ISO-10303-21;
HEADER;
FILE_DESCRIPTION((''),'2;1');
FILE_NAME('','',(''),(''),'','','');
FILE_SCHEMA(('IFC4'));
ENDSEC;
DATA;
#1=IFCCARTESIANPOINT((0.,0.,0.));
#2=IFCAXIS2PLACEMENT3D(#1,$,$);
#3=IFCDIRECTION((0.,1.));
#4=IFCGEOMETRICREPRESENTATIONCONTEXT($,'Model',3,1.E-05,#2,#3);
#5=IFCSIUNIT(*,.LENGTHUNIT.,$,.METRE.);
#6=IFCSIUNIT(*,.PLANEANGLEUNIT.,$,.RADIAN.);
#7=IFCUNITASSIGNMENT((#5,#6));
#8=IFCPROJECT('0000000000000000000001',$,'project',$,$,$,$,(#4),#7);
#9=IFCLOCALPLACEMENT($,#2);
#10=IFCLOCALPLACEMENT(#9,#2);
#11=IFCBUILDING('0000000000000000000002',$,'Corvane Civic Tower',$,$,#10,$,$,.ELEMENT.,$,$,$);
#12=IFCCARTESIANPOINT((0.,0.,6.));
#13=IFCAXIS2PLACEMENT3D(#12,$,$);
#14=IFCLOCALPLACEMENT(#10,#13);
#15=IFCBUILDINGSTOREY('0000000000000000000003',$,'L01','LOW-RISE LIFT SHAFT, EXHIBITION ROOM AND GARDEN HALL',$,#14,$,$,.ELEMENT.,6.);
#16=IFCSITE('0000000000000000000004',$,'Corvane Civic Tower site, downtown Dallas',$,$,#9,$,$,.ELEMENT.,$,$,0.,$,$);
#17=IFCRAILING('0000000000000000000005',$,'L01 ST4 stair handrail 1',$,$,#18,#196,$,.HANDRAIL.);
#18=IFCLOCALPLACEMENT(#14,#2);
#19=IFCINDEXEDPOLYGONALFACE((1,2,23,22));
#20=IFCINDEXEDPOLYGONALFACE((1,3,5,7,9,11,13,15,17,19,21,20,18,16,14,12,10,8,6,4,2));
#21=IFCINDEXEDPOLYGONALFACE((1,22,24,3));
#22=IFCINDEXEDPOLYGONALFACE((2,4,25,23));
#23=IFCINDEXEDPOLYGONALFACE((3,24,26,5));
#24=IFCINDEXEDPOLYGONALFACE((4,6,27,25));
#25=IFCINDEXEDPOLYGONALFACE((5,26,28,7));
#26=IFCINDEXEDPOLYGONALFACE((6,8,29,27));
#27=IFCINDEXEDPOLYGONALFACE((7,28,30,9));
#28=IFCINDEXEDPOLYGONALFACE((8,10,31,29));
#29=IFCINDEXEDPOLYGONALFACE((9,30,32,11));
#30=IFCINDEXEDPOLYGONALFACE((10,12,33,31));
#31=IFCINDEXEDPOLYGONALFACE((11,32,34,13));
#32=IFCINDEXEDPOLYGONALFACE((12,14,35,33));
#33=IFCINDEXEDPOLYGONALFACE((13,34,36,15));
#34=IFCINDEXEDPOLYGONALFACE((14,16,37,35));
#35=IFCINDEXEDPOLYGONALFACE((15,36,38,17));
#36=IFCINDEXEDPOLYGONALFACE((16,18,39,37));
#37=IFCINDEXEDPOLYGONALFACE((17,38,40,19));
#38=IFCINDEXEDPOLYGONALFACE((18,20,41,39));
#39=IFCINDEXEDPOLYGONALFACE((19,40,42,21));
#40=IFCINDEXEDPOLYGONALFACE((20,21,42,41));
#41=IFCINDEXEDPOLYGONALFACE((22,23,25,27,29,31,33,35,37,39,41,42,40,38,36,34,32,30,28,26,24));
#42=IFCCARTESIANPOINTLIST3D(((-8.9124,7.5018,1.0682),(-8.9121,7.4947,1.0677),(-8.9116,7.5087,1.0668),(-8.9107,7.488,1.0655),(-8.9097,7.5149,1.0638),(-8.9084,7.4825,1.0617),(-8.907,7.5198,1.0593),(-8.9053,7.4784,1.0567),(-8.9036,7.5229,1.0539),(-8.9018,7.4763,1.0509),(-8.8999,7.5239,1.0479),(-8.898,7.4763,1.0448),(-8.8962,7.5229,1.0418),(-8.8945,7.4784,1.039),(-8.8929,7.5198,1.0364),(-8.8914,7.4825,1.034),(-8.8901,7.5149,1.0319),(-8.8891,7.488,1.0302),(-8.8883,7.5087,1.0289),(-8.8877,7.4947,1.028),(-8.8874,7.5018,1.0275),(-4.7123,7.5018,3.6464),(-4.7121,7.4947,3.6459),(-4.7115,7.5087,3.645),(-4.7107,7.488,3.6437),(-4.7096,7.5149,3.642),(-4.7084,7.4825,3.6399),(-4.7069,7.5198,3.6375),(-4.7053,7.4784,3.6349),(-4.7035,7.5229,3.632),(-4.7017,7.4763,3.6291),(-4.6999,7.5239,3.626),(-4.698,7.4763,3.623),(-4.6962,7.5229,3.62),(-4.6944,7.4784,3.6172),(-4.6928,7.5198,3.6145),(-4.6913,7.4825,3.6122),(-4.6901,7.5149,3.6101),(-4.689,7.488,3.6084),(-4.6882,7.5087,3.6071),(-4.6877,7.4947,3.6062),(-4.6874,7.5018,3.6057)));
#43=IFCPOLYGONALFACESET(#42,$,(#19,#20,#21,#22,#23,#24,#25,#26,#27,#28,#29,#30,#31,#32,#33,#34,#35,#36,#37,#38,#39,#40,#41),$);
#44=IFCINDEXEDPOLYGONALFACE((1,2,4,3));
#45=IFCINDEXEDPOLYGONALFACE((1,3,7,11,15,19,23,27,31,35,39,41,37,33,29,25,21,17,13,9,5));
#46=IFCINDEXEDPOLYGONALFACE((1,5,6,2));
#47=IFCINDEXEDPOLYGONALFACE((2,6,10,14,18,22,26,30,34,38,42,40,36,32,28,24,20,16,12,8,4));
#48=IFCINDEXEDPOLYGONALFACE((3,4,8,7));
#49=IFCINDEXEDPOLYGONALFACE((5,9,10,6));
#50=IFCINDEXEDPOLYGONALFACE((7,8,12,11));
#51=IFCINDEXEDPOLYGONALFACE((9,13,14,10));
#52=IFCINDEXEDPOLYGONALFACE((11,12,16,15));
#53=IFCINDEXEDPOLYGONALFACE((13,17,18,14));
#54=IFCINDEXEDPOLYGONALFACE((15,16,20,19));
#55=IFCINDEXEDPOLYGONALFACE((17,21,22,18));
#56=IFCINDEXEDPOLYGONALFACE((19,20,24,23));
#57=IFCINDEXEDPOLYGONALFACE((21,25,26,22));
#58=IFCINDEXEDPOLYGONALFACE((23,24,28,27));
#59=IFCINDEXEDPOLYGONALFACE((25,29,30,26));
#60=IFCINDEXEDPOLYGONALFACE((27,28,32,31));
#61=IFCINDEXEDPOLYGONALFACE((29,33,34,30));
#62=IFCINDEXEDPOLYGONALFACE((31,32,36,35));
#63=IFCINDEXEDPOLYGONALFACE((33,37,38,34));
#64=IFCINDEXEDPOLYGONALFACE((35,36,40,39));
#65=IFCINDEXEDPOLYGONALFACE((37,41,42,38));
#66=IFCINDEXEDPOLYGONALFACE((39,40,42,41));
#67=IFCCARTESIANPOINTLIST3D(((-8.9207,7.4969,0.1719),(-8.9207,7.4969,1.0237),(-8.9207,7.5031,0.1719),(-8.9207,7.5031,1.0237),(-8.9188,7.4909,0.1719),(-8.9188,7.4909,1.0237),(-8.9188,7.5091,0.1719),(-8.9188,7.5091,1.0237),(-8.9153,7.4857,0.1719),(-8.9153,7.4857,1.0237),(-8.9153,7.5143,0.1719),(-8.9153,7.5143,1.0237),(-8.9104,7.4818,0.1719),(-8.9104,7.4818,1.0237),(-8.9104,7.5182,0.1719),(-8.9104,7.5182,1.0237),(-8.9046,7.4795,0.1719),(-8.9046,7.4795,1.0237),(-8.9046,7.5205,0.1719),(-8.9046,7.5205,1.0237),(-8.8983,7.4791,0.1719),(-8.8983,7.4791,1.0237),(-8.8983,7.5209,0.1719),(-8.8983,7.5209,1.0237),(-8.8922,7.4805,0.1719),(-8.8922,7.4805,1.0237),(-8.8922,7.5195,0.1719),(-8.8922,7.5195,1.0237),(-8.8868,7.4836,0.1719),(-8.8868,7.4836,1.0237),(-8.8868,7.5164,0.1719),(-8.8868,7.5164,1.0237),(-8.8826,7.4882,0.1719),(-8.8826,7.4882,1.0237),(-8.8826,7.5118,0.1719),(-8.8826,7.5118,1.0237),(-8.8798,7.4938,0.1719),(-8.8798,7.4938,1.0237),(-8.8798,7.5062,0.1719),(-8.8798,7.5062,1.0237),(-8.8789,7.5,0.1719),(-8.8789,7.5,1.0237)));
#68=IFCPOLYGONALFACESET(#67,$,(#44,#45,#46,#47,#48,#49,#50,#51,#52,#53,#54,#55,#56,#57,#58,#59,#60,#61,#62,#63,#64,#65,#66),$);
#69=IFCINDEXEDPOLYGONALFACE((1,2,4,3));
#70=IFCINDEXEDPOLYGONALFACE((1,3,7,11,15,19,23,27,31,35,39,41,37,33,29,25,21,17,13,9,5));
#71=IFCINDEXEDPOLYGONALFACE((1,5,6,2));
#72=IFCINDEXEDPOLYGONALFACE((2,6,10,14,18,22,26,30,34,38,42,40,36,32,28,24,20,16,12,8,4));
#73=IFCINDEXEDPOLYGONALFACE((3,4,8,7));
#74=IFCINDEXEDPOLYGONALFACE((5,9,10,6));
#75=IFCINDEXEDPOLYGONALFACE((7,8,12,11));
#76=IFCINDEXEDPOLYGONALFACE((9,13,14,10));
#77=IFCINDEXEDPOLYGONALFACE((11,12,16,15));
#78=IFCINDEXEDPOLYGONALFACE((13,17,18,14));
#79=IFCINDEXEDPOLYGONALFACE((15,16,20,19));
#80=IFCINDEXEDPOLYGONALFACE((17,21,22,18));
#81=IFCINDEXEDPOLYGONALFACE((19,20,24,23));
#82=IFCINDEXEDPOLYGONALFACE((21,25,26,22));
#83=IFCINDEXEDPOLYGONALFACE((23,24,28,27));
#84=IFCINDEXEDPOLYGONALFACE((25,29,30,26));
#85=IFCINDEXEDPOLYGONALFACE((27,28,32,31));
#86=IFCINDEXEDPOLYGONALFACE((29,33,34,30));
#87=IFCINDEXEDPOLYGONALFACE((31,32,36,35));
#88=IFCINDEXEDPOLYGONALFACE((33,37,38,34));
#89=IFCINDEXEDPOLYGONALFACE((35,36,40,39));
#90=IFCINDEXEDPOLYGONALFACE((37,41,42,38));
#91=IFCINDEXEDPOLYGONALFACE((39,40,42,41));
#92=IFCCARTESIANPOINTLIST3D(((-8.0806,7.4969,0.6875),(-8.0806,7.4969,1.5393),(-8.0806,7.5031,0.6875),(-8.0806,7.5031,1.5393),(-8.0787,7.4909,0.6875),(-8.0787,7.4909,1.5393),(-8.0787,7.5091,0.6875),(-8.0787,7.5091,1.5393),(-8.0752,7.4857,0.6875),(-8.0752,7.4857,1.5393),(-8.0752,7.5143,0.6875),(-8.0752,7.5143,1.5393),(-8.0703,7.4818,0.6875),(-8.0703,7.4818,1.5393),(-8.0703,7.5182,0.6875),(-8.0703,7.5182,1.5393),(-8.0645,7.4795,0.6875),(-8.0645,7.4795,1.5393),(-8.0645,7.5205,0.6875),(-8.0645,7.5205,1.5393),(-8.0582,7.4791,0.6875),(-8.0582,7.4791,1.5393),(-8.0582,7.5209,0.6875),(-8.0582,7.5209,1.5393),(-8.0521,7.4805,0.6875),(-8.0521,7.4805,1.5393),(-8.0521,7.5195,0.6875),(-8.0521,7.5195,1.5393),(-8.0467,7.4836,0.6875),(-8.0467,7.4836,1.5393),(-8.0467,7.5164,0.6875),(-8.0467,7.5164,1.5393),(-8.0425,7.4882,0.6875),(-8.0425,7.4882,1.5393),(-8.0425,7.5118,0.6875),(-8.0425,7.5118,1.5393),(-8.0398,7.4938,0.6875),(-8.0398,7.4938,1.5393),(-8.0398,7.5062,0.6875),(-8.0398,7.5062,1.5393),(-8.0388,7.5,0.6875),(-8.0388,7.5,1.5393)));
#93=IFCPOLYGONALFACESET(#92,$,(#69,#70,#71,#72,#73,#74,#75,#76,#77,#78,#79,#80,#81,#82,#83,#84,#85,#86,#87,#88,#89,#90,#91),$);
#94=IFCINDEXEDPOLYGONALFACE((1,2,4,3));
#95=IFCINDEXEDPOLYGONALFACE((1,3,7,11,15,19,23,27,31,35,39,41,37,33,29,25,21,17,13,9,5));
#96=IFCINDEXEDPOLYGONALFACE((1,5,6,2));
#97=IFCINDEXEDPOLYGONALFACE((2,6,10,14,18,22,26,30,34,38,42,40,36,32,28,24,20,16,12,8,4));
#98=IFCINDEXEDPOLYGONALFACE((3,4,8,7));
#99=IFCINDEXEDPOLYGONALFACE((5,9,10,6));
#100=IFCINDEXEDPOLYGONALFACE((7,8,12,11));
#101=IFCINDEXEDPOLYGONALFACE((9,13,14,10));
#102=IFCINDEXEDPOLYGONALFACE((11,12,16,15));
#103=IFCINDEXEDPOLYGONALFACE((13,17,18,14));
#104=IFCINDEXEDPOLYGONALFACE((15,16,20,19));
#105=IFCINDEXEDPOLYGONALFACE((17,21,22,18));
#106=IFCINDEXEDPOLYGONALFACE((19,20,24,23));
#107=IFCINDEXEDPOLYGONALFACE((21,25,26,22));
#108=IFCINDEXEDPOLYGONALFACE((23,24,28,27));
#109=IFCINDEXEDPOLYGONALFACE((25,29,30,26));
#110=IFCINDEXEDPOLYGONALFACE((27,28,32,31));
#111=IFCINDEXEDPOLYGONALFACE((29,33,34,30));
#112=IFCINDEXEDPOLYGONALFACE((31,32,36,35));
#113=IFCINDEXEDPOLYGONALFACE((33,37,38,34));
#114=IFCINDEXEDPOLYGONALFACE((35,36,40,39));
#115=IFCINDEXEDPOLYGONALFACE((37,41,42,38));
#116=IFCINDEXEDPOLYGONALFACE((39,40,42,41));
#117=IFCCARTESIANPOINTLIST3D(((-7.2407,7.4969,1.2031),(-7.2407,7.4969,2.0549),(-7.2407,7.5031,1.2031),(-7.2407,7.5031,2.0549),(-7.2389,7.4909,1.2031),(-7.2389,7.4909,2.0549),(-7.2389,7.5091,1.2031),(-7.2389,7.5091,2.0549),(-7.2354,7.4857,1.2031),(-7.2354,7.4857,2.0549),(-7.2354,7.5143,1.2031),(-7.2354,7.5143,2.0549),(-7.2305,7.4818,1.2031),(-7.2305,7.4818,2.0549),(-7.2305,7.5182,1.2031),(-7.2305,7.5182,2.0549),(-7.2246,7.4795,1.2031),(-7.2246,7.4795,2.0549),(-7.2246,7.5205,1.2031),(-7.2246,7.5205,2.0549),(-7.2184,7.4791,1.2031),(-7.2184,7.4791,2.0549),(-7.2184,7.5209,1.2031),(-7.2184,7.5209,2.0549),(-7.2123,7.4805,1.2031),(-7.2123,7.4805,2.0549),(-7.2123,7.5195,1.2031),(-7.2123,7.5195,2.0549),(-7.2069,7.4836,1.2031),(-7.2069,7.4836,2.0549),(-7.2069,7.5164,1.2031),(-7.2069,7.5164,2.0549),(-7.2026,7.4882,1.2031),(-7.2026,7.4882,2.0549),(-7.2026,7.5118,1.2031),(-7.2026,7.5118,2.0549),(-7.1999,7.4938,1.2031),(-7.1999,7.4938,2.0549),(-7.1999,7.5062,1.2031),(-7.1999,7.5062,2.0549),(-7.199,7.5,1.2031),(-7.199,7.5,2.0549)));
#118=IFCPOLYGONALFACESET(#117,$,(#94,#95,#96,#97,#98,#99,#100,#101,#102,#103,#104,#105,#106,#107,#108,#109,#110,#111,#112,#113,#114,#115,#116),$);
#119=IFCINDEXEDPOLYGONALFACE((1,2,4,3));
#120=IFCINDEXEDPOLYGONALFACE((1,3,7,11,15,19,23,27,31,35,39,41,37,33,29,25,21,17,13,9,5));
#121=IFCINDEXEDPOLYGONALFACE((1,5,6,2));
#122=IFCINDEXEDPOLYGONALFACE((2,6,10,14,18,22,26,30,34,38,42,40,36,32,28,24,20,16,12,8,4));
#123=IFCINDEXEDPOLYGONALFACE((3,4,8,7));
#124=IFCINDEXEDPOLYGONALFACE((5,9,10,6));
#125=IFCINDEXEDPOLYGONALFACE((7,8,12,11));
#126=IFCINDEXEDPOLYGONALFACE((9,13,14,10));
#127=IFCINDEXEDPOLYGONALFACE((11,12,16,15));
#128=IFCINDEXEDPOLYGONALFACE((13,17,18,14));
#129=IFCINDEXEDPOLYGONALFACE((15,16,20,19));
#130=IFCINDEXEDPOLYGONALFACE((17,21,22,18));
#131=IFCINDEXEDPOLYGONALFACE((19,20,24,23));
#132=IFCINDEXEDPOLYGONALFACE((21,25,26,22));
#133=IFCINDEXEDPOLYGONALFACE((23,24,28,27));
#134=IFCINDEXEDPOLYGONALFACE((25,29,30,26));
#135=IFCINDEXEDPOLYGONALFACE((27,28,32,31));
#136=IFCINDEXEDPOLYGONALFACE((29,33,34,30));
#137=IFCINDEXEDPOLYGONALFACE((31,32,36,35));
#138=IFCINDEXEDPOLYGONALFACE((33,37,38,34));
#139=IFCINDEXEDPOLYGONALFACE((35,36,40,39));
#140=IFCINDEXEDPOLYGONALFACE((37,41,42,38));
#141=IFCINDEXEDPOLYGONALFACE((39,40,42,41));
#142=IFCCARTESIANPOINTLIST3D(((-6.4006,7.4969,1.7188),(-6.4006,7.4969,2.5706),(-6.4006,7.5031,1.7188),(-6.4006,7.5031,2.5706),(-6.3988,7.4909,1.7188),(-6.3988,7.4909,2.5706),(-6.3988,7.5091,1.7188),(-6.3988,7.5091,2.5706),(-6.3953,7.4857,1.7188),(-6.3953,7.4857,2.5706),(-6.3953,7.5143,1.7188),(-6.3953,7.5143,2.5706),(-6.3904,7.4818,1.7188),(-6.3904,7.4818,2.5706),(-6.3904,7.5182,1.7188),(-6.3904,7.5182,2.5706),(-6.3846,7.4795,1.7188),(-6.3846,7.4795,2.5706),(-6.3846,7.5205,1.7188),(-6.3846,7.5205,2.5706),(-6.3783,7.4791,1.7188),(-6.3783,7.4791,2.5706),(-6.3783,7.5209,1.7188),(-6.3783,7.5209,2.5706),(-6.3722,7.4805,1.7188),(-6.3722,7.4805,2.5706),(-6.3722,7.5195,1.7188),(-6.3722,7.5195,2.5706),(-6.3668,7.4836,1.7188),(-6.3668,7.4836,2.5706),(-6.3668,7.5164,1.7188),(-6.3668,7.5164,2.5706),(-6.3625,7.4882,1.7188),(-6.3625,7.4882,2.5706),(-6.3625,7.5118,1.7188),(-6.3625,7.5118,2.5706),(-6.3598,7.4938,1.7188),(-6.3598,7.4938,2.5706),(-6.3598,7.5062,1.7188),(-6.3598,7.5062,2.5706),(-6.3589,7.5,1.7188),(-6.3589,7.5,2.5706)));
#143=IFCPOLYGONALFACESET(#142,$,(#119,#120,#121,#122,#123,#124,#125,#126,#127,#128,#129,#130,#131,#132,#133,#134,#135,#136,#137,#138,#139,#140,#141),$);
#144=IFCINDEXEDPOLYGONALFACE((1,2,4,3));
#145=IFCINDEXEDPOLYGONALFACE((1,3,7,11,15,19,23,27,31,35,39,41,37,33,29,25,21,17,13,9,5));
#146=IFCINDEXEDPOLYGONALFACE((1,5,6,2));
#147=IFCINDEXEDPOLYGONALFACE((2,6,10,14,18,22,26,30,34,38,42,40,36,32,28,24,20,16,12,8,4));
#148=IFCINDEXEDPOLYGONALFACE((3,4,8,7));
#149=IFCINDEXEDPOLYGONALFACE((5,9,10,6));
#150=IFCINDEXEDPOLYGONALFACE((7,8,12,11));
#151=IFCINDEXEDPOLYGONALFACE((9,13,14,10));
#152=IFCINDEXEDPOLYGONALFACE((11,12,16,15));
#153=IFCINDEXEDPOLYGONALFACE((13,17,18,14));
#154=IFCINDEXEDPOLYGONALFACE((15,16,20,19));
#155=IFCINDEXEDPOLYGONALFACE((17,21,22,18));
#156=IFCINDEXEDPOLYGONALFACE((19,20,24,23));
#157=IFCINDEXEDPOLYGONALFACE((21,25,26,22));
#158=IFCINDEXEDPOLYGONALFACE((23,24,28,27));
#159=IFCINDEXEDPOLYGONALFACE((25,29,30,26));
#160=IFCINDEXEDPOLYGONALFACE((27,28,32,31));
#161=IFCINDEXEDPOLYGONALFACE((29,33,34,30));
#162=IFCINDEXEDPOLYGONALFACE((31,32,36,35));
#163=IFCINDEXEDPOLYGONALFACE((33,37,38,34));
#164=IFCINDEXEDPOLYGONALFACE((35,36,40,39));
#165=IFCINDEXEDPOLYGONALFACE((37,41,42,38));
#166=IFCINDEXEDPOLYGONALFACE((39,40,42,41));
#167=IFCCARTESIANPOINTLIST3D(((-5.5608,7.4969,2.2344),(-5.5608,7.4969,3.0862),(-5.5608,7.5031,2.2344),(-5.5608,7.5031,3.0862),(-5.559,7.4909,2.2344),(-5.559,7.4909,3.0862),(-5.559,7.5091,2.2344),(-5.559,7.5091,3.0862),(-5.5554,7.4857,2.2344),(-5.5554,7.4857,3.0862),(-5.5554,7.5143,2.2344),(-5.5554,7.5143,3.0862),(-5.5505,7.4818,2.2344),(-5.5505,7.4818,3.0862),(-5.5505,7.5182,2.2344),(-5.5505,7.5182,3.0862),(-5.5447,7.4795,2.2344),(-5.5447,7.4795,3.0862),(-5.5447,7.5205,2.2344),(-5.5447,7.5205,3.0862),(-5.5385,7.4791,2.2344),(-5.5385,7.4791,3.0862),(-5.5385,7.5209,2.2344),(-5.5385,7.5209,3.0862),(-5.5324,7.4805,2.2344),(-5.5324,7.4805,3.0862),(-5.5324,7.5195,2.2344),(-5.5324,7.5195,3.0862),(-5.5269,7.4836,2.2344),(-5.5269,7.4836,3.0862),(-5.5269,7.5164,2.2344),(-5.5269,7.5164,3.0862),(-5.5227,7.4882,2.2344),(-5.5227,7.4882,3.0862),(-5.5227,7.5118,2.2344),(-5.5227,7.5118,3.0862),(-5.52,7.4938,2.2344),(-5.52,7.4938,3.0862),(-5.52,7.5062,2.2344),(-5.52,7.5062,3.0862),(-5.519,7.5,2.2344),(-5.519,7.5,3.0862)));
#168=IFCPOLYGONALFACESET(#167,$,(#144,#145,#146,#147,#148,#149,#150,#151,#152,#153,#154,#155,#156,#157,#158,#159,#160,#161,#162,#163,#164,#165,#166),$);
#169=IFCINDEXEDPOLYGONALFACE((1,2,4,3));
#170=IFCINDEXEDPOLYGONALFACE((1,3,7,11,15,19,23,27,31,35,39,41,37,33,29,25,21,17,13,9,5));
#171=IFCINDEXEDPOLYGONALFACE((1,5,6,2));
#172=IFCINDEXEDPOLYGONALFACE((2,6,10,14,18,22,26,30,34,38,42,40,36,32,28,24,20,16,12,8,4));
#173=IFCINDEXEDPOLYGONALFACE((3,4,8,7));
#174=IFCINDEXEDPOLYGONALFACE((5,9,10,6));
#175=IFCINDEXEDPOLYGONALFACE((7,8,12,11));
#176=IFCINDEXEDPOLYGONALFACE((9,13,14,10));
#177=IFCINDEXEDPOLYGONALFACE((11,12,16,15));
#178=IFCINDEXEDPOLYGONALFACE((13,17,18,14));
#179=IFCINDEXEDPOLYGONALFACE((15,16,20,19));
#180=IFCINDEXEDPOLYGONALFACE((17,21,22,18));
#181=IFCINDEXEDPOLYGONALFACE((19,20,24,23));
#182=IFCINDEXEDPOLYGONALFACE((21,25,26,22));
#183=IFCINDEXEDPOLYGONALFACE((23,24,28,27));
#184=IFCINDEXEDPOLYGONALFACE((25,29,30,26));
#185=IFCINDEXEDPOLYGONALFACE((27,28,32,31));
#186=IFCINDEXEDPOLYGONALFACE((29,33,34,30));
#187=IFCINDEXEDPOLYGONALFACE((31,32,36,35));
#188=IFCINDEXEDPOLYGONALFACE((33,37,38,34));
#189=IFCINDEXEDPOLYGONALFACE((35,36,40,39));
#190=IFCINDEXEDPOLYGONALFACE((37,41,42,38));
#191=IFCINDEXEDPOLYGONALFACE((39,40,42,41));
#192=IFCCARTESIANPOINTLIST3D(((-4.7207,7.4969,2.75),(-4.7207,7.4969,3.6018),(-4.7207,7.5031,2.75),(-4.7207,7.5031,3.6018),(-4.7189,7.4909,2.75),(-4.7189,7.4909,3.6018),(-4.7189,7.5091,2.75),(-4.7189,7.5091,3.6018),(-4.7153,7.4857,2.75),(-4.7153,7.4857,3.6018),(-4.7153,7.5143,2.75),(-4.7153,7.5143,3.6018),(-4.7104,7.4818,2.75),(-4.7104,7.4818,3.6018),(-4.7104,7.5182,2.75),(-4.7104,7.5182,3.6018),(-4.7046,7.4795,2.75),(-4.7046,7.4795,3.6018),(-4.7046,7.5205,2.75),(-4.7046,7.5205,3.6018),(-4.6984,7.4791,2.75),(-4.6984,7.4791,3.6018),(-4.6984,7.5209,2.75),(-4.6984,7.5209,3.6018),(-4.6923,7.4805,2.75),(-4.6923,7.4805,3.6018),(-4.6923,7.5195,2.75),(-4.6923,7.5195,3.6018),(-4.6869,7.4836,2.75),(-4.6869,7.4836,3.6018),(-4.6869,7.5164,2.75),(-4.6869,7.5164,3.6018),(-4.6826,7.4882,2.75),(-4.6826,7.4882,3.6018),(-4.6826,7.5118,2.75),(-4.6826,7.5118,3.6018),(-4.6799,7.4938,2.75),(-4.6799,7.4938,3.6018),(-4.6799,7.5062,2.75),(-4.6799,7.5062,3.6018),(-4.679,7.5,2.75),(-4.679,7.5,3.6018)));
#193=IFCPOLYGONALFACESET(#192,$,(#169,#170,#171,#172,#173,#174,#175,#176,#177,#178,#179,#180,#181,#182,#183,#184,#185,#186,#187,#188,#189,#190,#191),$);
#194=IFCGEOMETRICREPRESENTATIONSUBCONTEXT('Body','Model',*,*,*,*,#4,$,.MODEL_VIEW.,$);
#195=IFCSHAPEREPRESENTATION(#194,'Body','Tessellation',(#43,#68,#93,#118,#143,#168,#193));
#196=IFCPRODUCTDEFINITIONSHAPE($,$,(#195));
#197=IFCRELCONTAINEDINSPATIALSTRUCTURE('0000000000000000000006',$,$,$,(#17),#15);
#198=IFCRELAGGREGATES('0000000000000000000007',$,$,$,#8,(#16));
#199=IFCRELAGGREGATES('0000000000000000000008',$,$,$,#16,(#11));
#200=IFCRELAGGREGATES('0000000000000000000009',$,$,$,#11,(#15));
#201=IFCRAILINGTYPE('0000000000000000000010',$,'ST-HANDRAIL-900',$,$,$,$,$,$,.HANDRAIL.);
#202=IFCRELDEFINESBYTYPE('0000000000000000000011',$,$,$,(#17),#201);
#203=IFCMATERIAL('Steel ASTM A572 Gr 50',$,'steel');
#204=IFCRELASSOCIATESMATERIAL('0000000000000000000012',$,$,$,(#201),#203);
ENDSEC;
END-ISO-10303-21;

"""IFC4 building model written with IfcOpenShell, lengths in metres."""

from ifc_helpers import new_model, si_unit, direction, frame, origin, origin_2d, place, context, subcontext, project, spatial, circle, extrude, material, type_object, element, save


model = new_model("IFC4")

# Units and contexts
model_context = context("Model", 3, precision=1e-05, world=origin(), true_north=direction((0.0, 1.0)))
body_context = subcontext(model_context, "Body", "Model", "MODEL_VIEW")
ifc_project = project(units=[si_unit("LENGTHUNIT", "METRE"), si_unit("PLANEANGLEUNIT", "RADIAN")], contexts=[model_context])

# Site, building, storey
site_placement = place(None, origin())
site = spatial("IfcSite", under=ifc_project, at=site_placement, Name="Corvane Civic Tower site, downtown Dallas", CompositionType="ELEMENT", RefElevation=0.0)
building_placement = place(site_placement, origin())
building = spatial("IfcBuilding", under=site, at=building_placement, Name="Corvane Civic Tower", CompositionType="ELEMENT")
storey_placement = place(building_placement, frame((0.0, 0.0, 6.0)))
storey = spatial("IfcBuildingStorey", under=building, at=storey_placement, Name="L01", Description="LOW-RISE LIFT SHAFT, EXHIBITION ROOM AND GARDEN HALL", CompositionType="ELEMENT", Elevation=6.0)

# Railing
ifc_material_1 = material(Name="Steel ASTM A572 Gr 50", Category="steel")
railing_type = type_object("IfcRailingType", Name="ST-HANDRAIL-900", PredefinedType="HANDRAIL", material=ifc_material_1)
railing_placement = place(storey_placement, frame((-8.8999, 7.5, 0.1719)))
element("IfcRailing", 1, at=railing_placement, inside=storey, type_object=railing_type, Name="L01 ST4 stair handrail 1", PredefinedType="HANDRAIL", context=body_context, shape_type="SweptSolid", body=[
    extrude(circle(Radius=0.0239, at=origin_2d()), frame((0.0, 0.0, 0.876), z_axis=(0.852243, 0.0, 0.523146), x_axis=(0.0, 1.0, 0.0)), (0.0, 0.0, 1.0), 4.9282),
    extrude(circle(Radius=0.021, at=origin_2d()), origin(), (0.0, 0.0, 1.0), 0.8518),
    extrude(circle(Radius=0.021, at=origin_2d()), frame((0.8401, 0.0, 0.5156)), (0.0, 0.0, 1.0), 0.8518),
    extrude(circle(Radius=0.021, at=origin_2d()), frame((1.6799, 0.0, 1.0312)), (0.0, 0.0, 1.0), 0.8518),
    extrude(circle(Radius=0.021, at=origin_2d()), frame((2.52, 0.0, 1.5469)), (0.0, 0.0, 1.0), 0.8518),
    extrude(circle(Radius=0.021, at=origin_2d()), frame((3.3599, 0.0, 2.0625)), (0.0, 0.0, 1.0), 0.8518),
    extrude(circle(Radius=0.021, at=origin_2d()), frame((4.2, 0.0, 2.5781)), (0.0, 0.0, 1.0), 0.8518),
])

save(model, "model.ifc")
